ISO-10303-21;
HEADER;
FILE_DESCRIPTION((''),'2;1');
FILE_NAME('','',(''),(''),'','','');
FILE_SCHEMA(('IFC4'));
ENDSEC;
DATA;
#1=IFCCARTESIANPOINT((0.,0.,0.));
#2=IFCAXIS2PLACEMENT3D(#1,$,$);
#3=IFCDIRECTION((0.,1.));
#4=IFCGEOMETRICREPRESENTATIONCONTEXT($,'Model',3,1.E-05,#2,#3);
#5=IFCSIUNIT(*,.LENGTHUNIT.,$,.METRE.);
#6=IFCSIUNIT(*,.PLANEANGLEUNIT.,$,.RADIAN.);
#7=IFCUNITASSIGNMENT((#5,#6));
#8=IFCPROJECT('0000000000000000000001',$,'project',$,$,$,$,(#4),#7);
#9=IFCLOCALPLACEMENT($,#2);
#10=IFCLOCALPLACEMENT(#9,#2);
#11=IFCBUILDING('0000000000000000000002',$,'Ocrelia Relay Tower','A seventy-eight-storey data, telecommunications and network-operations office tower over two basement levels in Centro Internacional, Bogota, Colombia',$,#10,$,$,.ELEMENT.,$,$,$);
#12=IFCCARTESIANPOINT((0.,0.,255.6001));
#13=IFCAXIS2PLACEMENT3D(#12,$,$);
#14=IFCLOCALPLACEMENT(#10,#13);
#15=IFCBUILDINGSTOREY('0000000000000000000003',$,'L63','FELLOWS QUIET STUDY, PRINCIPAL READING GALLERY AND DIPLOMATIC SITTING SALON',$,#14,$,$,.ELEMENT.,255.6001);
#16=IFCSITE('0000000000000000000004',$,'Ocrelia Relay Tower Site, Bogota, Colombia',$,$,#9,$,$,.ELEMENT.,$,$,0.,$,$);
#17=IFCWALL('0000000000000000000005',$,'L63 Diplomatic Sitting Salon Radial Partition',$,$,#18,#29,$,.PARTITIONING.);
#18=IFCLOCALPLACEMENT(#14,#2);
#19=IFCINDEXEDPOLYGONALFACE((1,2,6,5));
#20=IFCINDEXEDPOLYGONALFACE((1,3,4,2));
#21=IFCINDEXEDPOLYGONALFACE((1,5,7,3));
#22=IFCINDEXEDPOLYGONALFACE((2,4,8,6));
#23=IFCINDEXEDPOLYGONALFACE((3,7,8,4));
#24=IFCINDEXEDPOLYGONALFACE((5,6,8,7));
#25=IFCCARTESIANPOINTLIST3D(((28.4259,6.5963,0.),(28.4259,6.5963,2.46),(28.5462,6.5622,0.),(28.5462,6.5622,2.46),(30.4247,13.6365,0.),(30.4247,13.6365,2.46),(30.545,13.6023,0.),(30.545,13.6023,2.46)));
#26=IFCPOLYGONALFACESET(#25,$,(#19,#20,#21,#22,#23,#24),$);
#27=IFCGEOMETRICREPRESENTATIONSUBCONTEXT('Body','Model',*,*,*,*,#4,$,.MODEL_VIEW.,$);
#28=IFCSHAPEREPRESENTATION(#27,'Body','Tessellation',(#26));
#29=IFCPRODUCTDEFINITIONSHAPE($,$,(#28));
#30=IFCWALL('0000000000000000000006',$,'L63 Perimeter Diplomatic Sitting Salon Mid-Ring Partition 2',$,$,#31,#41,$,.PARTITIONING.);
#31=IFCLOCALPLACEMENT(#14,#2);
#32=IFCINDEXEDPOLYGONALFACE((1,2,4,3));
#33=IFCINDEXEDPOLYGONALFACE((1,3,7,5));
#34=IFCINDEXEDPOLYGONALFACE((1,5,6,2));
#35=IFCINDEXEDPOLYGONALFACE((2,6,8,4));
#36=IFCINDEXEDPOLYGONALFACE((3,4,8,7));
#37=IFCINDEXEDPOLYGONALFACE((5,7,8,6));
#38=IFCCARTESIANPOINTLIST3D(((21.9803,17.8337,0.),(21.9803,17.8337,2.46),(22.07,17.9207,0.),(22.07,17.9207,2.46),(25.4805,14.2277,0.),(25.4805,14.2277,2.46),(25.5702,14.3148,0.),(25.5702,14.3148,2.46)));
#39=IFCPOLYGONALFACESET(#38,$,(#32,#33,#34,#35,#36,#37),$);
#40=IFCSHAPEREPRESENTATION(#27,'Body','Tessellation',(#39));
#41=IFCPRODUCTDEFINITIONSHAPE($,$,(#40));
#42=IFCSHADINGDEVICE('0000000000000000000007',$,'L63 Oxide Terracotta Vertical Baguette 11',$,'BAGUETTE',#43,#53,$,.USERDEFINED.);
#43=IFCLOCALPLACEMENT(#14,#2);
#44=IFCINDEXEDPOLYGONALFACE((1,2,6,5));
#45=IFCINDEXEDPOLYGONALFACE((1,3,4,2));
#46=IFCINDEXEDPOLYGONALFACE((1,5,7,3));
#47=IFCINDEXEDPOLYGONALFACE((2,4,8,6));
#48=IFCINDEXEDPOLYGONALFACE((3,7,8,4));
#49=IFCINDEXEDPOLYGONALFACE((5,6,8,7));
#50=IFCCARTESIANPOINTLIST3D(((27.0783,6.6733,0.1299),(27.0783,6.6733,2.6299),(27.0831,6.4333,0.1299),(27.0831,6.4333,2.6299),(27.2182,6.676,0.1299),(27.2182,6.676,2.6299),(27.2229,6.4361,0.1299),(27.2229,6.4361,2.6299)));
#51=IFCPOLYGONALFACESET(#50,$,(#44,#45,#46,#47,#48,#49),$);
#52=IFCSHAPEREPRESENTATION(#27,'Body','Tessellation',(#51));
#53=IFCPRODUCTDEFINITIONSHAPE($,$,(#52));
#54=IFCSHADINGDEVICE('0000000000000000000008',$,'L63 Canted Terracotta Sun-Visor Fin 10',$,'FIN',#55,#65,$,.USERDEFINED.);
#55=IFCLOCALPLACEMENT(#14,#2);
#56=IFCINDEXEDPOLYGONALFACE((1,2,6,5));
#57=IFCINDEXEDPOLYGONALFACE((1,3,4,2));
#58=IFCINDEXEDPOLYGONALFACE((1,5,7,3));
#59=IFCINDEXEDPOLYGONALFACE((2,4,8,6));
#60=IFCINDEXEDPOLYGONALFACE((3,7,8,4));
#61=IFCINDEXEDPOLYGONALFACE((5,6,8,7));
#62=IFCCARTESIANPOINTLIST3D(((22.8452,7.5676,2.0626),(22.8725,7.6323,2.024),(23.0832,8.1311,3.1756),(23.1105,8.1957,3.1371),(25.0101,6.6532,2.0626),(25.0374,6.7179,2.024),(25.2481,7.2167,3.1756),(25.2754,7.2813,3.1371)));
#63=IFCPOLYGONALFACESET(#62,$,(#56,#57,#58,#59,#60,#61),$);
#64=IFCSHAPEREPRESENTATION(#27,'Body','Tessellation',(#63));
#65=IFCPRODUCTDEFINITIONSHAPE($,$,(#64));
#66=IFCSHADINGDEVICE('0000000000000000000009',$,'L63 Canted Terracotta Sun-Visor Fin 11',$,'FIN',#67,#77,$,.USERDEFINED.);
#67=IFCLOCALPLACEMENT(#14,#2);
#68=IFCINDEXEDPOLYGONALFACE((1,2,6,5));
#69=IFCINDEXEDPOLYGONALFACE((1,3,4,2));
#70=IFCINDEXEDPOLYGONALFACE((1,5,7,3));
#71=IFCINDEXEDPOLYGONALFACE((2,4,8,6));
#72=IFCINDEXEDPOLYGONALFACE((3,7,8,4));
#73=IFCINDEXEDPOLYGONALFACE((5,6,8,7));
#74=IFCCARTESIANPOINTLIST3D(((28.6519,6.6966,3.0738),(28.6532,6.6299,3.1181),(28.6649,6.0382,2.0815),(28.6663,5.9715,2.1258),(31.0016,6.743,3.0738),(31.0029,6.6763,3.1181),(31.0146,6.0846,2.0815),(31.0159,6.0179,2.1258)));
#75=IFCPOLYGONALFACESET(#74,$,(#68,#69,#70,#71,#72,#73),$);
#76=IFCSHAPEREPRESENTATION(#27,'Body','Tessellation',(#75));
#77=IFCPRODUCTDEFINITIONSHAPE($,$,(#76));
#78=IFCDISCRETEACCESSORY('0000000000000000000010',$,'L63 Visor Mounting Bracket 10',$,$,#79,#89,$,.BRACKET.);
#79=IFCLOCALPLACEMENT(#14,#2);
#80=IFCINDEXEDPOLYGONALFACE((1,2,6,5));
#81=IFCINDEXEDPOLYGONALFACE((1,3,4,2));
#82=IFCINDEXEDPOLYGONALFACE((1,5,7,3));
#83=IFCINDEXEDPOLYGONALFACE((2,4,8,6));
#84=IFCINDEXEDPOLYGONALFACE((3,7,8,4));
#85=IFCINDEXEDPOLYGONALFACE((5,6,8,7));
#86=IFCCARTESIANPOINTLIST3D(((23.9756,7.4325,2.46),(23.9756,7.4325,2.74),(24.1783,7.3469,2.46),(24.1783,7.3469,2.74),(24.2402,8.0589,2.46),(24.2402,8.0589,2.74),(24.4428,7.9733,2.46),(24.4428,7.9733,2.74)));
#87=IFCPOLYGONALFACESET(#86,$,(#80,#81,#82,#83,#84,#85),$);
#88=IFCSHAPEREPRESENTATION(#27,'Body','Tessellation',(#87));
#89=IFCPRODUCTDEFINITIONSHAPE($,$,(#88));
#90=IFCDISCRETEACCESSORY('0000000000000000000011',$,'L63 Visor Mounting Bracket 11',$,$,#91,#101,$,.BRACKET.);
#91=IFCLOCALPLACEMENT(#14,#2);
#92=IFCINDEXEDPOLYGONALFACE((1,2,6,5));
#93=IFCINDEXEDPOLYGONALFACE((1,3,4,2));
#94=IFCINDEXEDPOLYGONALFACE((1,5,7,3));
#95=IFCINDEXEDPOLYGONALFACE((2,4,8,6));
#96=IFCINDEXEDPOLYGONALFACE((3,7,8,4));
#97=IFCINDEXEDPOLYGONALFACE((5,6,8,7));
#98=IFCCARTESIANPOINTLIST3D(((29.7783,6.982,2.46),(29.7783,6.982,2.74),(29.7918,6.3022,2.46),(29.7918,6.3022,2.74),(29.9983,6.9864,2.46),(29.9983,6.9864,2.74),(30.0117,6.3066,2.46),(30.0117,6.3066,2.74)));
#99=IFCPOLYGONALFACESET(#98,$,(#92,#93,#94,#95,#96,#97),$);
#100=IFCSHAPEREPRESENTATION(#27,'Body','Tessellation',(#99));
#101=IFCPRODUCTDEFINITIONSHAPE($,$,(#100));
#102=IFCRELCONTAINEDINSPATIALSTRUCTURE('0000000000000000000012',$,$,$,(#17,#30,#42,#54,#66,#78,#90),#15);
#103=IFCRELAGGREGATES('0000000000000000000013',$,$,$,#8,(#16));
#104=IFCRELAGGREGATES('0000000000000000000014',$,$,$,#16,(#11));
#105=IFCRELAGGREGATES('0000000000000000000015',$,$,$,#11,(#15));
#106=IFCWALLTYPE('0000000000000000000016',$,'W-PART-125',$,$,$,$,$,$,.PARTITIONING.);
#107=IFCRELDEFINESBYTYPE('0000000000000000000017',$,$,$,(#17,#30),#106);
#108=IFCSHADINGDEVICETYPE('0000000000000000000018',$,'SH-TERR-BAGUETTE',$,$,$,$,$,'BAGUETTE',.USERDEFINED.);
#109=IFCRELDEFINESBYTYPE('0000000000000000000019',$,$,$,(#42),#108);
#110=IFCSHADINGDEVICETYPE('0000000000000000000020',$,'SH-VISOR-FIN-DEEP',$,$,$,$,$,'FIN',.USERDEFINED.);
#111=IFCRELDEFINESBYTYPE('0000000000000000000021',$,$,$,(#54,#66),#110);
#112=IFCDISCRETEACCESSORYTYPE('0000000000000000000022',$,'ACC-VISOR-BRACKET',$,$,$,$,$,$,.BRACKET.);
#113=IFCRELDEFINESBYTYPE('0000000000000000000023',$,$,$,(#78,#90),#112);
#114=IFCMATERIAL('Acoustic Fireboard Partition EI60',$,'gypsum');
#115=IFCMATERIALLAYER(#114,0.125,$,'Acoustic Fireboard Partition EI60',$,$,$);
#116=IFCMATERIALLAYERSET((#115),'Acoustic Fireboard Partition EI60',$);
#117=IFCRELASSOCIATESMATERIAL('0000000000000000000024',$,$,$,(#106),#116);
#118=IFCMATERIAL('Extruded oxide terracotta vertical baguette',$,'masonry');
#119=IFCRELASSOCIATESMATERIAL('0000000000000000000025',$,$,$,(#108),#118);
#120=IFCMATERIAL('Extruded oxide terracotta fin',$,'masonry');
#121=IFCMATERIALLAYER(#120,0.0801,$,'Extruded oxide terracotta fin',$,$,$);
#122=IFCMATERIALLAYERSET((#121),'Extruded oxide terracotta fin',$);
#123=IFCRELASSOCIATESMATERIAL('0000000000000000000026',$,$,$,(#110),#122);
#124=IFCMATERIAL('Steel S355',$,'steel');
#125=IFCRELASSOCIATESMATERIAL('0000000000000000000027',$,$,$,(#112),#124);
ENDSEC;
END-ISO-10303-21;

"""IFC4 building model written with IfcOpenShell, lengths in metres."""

from ifc_helpers import new_model, si_unit, direction, frame, frame_2d, origin, origin_2d, place, context, subcontext, project, spatial, rectangle, extrude, material, layer, layer_set, type_object, element, save


model = new_model("IFC4")

# Units and contexts
model_context = context("Model", 3, precision=1e-05, world=origin(), true_north=direction((0.0, 1.0)))
body_context = subcontext(model_context, "Body", "Model", "MODEL_VIEW")
ifc_project = project(units=[si_unit("LENGTHUNIT", "METRE"), si_unit("PLANEANGLEUNIT", "RADIAN")], contexts=[model_context])

# Site, building, storey
site_placement = place(None, origin())
site = spatial("IfcSite", under=ifc_project, at=site_placement, Name="Ocrelia Relay Tower Site, Bogota, Colombia", CompositionType="ELEMENT", RefElevation=0.0)
building_placement = place(site_placement, origin())
building = spatial("IfcBuilding", under=site, at=building_placement, Name="Ocrelia Relay Tower", Description="A seventy-eight-storey data, telecommunications and network-operations office tower over two basement levels in Centro Internacional, Bogota, Colombia", CompositionType="ELEMENT")
storey_placement = place(building_placement, frame((0.0, 0.0, 255.6001)))
storey = spatial("IfcBuildingStorey", under=building, at=storey_placement, Name="L63", Description="FELLOWS QUIET STUDY, PRINCIPAL READING GALLERY AND DIPLOMATIC SITTING SALON", CompositionType="ELEMENT", Elevation=255.6001)

# Shared definitions
ifc_material_1 = material(Name="Steel S355", Category="steel")

# Walls
ifc_material_2 = material(Name="Acoustic Fireboard Partition EI60", Category="gypsum")
ifc_layer_1 = layer(ifc_material_2, 0.125, Name="Acoustic Fireboard Partition EI60")
ifc_layer_set_1 = layer_set([ifc_layer_1], Name="Acoustic Fireboard Partition EI60")
wall_type_1 = type_object("IfcWallType", Name="W-PART-125", PredefinedType="PARTITIONING", material=ifc_layer_set_1)
wall_1_placement = place(storey_placement, frame((30.4849, 13.6194, 0.0), z_axis=(0.0, 0.0, 1.0), x_axis=(-0.273121, -0.96198, 0.0)))
element("IfcWall", 1, at=wall_1_placement, inside=storey, type_object=wall_type_1, Name="L63 Diplomatic Sitting Salon Radial Partition", PredefinedType="PARTITIONING", context=body_context, shape_type="SweptSolid", body=[
    extrude(rectangle(XDim=7.3184, YDim=0.125, at=frame_2d((3.6592, 0.0))), origin(), (0.0, 0.0, 1.0), 2.46),
])
wall_2_placement = place(storey_placement, frame((22.0251, 17.8772, 0.0), z_axis=(0.0, 0.0, 1.0), x_axis=(0.696511, -0.717546, 0.0)))
element("IfcWall", 2, at=wall_2_placement, inside=storey, type_object=wall_type_1, Name="L63 Perimeter Diplomatic Sitting Salon Mid-Ring Partition 2", PredefinedType="PARTITIONING", context=body_context, shape_type="SweptSolid", body=[
    extrude(rectangle(XDim=5.0254, YDim=0.125, at=frame_2d((2.5127, 0.0))), origin(), (0.0, 0.0, 1.0), 2.46),
])

# Shading devices
ifc_material_3 = material(Name="Extruded oxide terracotta vertical baguette", Category="masonry")
shading_device_type_1 = type_object("IfcShadingDeviceType", Name="SH-TERR-BAGUETTE", ElementType="BAGUETTE", PredefinedType="USERDEFINED", material=ifc_material_3)
shading_device_1_placement = place(storey_placement, frame((27.1506, 6.5547, 0.1299), z_axis=(0.0, 0.0, 1.0), x_axis=(0.999805, 0.019763, 0.0)))
element("IfcShadingDevice", 3, at=shading_device_1_placement, inside=storey, type_object=shading_device_type_1, Name="L63 Oxide Terracotta Vertical Baguette 11", ObjectType="BAGUETTE", PredefinedType="USERDEFINED", context=body_context, shape_type="SweptSolid", body=[
    extrude(rectangle(XDim=0.1399, YDim=0.24, at=origin_2d()), origin(), (0.0, 0.0, 1.0), 2.5),
])
ifc_material_4 = material(Name="Extruded oxide terracotta fin", Category="masonry")
ifc_layer_2 = layer(ifc_material_4, 0.0801, Name="Extruded oxide terracotta fin")
ifc_layer_set_2 = layer_set([ifc_layer_2], Name="Extruded oxide terracotta fin")
shading_device_type_2 = type_object("IfcShadingDeviceType", Name="SH-VISOR-FIN-DEEP", ElementType="FIN", PredefinedType="USERDEFINED", material=ifc_layer_set_2)
shading_device_2_placement = place(storey_placement, frame((24.074, 7.4568, 2.5806), z_axis=(-0.340996, -0.807331, 0.481601), x_axis=(0.921199, -0.389091, 0.0)))
element("IfcShadingDevice", 4, at=shading_device_2_placement, inside=storey, type_object=shading_device_type_2, Name="L63 Canted Terracotta Sun-Visor Fin 10", ObjectType="FIN", PredefinedType="USERDEFINED", context=body_context, shape_type="SweptSolid", body=[
    extrude(rectangle(XDim=2.3501, YDim=1.27, at=origin_2d()), origin(), (0.0, 0.0, 1.0), 0.0801),
])
shading_device_3_placement = place(storey_placement, frame((29.8333, 6.3906, 2.5776), z_axis=(0.016467, -0.833048, 0.552955), x_axis=(0.999805, 0.019763, 0.0)))
element("IfcShadingDevice", 5, at=shading_device_3_placement, inside=storey, type_object=shading_device_type_2, Name="L63 Canted Terracotta Sun-Visor Fin 11", ObjectType="FIN", PredefinedType="USERDEFINED", context=body_context, shape_type="SweptSolid", body=[
    extrude(rectangle(XDim=2.3501, YDim=1.1909, at=origin_2d()), origin(), (0.0, 0.0, 1.0), 0.0801),
])

# Discrete accessories
discrete_accessory_type = type_object("IfcDiscreteAccessoryType", Name="ACC-VISOR-BRACKET", PredefinedType="BRACKET", material=ifc_material_1)
for number, where, z_axis, x_axis, name in (
    (6, (24.2092, 7.7029, 2.46), (0.0, 0.0, 1.0), (0.921199, -0.389091, 0.0), "L63 Visor Mounting Bracket 10"),
    (7, (29.895, 6.6443, 2.46), (0.0, 0.0, 1.0), (0.999805, 0.019763, 0.0), "L63 Visor Mounting Bracket 11"),
):
    element("IfcDiscreteAccessory", number, at=place(storey_placement, frame(where, z_axis=z_axis, x_axis=x_axis)), inside=storey, type_object=discrete_accessory_type, Name=name, PredefinedType="BRACKET", context=body_context, shape_type="SweptSolid", body=[
        extrude(rectangle(XDim=0.22, YDim=0.6799, at=origin_2d()), origin(), (0.0, 0.0, 1.0), 0.28),
    ])

save(model, "model.ifc")
